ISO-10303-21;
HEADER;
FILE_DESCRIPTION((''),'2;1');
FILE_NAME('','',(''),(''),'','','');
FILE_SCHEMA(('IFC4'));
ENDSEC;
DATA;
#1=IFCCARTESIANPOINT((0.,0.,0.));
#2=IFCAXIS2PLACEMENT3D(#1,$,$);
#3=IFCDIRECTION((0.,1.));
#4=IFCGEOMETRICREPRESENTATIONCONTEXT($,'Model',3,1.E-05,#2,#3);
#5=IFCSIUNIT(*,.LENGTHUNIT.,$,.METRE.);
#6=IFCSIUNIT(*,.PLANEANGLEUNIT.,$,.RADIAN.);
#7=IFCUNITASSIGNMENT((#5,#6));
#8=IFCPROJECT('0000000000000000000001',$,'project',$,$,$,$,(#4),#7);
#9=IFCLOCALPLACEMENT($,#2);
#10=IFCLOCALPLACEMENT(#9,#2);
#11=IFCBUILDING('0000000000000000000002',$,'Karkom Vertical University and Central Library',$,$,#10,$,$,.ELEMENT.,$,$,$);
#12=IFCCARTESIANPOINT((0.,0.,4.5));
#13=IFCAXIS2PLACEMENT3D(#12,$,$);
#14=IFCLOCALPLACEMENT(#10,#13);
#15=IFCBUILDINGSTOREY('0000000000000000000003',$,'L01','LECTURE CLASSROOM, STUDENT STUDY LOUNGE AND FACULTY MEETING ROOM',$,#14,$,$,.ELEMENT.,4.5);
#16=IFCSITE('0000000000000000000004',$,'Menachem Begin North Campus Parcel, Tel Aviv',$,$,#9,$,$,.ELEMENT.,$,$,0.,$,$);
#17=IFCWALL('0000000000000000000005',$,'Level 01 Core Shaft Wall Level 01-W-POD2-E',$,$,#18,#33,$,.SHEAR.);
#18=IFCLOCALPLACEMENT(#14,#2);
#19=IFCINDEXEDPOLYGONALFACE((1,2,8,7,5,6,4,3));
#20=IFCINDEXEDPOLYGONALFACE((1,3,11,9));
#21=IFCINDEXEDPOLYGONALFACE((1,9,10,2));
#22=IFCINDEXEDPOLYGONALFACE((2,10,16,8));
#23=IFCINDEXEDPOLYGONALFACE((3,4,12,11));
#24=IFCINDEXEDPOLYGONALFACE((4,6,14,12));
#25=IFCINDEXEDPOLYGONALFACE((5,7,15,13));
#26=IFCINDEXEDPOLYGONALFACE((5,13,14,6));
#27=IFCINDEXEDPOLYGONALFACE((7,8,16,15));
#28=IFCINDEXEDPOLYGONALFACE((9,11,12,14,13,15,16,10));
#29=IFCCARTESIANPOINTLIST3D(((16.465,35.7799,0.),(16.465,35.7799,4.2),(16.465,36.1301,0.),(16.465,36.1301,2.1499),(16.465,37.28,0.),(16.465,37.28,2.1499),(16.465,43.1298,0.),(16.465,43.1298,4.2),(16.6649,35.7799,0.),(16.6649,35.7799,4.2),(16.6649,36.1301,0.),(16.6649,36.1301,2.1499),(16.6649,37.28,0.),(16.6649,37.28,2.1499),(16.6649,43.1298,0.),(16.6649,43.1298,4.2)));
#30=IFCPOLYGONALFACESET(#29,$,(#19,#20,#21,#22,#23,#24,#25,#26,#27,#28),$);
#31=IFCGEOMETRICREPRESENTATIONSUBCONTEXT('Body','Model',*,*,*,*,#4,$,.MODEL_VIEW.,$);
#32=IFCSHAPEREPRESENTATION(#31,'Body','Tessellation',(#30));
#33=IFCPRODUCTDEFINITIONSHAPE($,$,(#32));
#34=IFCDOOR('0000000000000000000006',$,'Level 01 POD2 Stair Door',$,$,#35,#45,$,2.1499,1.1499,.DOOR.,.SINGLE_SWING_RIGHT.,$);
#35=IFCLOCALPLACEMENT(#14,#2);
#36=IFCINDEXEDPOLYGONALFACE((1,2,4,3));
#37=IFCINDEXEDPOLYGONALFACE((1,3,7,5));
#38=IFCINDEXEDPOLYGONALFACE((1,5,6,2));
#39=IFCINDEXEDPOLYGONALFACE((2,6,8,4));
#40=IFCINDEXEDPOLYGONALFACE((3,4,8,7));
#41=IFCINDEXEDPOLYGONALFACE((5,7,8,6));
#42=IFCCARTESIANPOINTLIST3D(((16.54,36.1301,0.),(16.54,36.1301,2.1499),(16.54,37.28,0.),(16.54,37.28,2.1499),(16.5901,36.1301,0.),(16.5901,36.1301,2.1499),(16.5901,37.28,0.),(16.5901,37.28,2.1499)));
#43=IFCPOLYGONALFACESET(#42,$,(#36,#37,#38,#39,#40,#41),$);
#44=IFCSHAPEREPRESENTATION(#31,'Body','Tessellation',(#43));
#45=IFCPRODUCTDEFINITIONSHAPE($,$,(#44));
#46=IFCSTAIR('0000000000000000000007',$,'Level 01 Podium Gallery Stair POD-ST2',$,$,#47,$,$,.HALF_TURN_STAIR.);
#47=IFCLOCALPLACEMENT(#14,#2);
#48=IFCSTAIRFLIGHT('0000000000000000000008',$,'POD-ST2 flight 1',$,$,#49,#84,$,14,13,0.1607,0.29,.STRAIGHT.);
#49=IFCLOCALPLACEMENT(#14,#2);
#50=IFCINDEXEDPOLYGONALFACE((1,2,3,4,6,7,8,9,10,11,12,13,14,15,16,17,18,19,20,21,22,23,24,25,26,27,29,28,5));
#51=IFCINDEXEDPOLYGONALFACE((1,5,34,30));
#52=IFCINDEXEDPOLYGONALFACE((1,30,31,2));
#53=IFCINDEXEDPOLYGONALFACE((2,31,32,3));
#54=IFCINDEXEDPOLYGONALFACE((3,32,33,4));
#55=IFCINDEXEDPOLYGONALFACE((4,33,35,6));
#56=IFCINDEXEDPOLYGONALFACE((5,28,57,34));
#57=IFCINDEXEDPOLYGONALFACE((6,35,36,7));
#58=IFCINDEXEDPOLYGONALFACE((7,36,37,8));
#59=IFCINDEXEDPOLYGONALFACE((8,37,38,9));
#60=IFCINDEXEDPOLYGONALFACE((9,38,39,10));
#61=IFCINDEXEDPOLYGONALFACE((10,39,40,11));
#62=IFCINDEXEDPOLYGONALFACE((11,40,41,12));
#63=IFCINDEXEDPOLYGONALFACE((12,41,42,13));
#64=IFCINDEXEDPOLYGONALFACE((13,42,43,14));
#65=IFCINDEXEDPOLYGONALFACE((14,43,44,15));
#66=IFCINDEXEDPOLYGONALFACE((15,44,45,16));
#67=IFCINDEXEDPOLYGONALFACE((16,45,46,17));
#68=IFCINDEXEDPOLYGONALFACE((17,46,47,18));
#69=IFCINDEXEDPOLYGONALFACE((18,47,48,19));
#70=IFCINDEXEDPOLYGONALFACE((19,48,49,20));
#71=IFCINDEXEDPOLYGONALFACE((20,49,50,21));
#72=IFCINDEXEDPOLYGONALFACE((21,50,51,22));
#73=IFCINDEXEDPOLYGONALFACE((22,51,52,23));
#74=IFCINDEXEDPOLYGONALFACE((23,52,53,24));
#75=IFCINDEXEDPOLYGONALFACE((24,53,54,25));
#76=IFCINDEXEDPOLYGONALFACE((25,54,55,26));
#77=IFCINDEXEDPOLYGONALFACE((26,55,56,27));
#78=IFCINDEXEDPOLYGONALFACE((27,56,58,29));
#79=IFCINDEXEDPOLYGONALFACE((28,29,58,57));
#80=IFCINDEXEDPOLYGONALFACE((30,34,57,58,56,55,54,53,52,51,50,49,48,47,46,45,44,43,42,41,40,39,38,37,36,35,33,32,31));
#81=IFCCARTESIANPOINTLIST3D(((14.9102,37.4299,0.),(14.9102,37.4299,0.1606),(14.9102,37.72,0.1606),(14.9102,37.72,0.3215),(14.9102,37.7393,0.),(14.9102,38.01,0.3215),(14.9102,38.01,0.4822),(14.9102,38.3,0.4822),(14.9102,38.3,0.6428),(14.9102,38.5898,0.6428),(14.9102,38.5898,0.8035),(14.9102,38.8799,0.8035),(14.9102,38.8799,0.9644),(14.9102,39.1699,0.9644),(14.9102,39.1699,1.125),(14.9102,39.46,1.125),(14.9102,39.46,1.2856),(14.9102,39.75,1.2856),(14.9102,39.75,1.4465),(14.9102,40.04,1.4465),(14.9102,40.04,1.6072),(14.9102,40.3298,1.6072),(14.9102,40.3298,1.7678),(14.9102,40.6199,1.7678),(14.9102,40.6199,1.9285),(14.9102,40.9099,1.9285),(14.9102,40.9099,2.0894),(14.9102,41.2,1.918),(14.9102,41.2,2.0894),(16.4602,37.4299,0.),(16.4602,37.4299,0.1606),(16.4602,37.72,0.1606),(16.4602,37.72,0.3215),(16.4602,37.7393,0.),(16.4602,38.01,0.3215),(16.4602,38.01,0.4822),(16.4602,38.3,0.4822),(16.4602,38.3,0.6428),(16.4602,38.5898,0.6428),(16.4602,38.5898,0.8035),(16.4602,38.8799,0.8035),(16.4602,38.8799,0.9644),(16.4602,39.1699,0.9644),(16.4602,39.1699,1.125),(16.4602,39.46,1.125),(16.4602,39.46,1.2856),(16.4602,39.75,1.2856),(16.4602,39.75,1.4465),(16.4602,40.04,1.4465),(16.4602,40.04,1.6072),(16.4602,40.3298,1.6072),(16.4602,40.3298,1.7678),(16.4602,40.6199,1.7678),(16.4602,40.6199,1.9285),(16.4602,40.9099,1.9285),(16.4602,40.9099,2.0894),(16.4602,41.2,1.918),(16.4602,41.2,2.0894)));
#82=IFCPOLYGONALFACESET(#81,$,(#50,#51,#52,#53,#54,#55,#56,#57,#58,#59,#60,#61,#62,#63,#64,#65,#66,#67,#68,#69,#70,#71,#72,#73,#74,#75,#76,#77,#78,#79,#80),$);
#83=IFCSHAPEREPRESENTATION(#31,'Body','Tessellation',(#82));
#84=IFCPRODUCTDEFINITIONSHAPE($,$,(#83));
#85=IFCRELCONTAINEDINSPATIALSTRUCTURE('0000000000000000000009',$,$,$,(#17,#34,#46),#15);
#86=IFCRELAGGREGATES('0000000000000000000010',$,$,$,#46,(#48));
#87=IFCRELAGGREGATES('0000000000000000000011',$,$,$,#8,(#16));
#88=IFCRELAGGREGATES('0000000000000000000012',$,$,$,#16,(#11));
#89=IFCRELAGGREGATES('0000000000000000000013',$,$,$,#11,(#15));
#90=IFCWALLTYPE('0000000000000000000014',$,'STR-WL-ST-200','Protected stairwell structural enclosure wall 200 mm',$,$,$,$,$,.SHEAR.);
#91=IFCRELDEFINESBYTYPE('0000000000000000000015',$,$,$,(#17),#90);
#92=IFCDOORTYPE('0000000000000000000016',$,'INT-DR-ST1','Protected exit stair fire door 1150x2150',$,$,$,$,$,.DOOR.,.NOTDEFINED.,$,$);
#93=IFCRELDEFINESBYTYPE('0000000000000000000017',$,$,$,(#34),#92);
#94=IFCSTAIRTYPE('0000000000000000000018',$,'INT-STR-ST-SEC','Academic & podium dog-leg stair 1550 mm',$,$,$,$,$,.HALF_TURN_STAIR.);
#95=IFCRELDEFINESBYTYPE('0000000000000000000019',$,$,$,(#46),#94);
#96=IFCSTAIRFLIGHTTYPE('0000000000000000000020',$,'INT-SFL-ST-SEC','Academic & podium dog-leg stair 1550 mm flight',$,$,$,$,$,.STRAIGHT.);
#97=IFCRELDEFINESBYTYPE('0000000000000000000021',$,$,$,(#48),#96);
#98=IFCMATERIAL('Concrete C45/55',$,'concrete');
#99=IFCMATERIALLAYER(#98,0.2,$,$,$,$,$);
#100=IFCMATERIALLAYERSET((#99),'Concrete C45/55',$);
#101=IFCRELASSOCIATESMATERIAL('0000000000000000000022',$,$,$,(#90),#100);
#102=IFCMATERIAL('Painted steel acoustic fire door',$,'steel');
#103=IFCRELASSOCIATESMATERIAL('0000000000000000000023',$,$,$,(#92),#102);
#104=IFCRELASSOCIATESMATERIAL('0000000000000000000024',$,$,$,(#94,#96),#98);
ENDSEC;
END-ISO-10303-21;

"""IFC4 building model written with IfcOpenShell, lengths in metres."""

from ifc_helpers import new_model, si_unit, direction, frame, frame_2d, origin, origin_with_axes, place, context, subcontext, project, spatial, polyline, rectangle, outline, extrude, source, transform, mapped, material, layer, layer_set, type_object, element, fill, aggregate, save


model = new_model("IFC4")

# Units and contexts
model_context = context("Model", 3, precision=1e-05, world=origin(), true_north=direction((0.0, 1.0)))
body_context = subcontext(model_context, "Body", "Model", "MODEL_VIEW")
ifc_project = project(units=[si_unit("LENGTHUNIT", "METRE"), si_unit("PLANEANGLEUNIT", "RADIAN")], contexts=[model_context])

# Site, building, storey
site_placement = place(None, origin())
site = spatial("IfcSite", under=ifc_project, at=site_placement, Name="Menachem Begin North Campus Parcel, Tel Aviv", CompositionType="ELEMENT", RefElevation=0.0)
building_placement = place(site_placement, origin())
building = spatial("IfcBuilding", under=site, at=building_placement, Name="Karkom Vertical University and Central Library", CompositionType="ELEMENT")
storey_placement = place(building_placement, frame((0.0, 0.0, 4.5)))
storey = spatial("IfcBuildingStorey", under=building, at=storey_placement, Name="L01", Description="LECTURE CLASSROOM, STUDENT STUDY LOUNGE AND FACULTY MEETING ROOM", CompositionType="ELEMENT", Elevation=4.5)

# Wall, opening, door
ifc_material_1 = material(Name="Concrete C45/55", Category="concrete")
ifc_layer_1 = layer(ifc_material_1, 0.2)
ifc_layer_set_1 = layer_set([ifc_layer_1], Name="Concrete C45/55")
wall_type_1 = type_object("IfcWallType", Name="STR-WL-ST-200", Description="Protected stairwell structural enclosure wall 200 mm", PredefinedType="SHEAR", material=ifc_layer_set_1)
wall_1_placement = place(storey_placement, frame((16.5649, 35.78, 0.0), z_axis=(0.0, 0.0, 1.0), x_axis=(0.0, 1.0, 0.0)))
wall_1 = element("IfcWall", 1, at=wall_1_placement, inside=storey, type_object=wall_type_1, Name="Level 01 Core Shaft Wall Level 01-W-POD2-E", PredefinedType="SHEAR", context=body_context, shape_type="SweptSolid", body=[
    extrude(rectangle(XDim=7.3499, YDim=0.2, at=frame_2d((3.6748, 0.0))), origin(), (0.0, 0.0, 1.0), 4.2),
])
opening_1_placement = place(wall_1_placement, frame((0.3501, 0.0, 0.0)))
opening_1 = element("IfcOpeningElement", 2, at=opening_1_placement, cuts=wall_1, PredefinedType="OPENING", context=body_context, shape_type="SweptSolid", body=[
    extrude(rectangle(XDim=1.1499, YDim=2.1499, at=frame_2d((0.575, 1.075))), frame((0.0, 0.1099, 0.0), z_axis=(0.0, -1.0, 0.0), x_axis=(1.0, 0.0, 0.0)), (0.0, 0.0, 1.0), 0.22),
])
ifc_material_2 = material(Name="Painted steel acoustic fire door", Category="steel")
door_type_1 = type_object("IfcDoorType", Name="INT-DR-ST1", Description="Protected exit stair fire door 1150x2150", OperationType="NOTDEFINED", PredefinedType="DOOR", material=ifc_material_2)
shared_shape_1 = source(origin_with_axes(), body_context, "Body", "SweptSolid", [
    extrude(rectangle(XDim=1.1499, YDim=2.1499, at=frame_2d((0.575, 1.075))), frame((0.0, 0.0249, 0.0), z_axis=(0.0, -1.0, 0.0), x_axis=(1.0, 0.0, 0.0)), (0.0, 0.0, 1.0), 0.05),
])
door_1_placement = place(opening_1_placement, origin())
door_1 = element("IfcDoor", 3, at=door_1_placement, inside=storey, type_object=door_type_1, Name="Level 01 POD2 Stair Door", OperationType="SINGLE_SWING_RIGHT", OverallHeight=2.1499, OverallWidth=1.1499, PredefinedType="DOOR", context=body_context, shape_type="MappedRepresentation", body=[
    mapped(shared_shape_1, transform((0.0, 0.0, 0.0), scale=1.0)),
])
fill(opening_1, door_1)

# Stair, stair flight
stair_type = type_object("IfcStairType", Name="INT-STR-ST-SEC", Description="Academic & podium dog-leg stair 1550 mm", PredefinedType="HALF_TURN_STAIR", material=ifc_material_1)
stair_placement = place(storey_placement, origin())
stair = element("IfcStair", 4, at=stair_placement, inside=storey, type_object=stair_type, Name="Level 01 Podium Gallery Stair POD-ST2", PredefinedType="HALF_TURN_STAIR")
stair_flight_type = type_object("IfcStairFlightType", Name="INT-SFL-ST-SEC", Description="Academic & podium dog-leg stair 1550 mm flight", PredefinedType="STRAIGHT", material=ifc_material_1)
stair_flight_placement = place(storey_placement, frame((15.6851, 37.4299, 0.0), z_axis=(0.0, 0.0, 1.0), x_axis=(0.0, 1.0, 0.0)))
stair_flight = element("IfcStairFlight", 5, at=stair_flight_placement, type_object=stair_flight_type, Name="POD-ST2 flight 1", NumberOfRisers=14, NumberOfTreads=13, PredefinedType="STRAIGHT", RiserHeight=0.1607, TreadLength=0.29, context=body_context, shape_type="SweptSolid", body=[
    extrude(outline(polyline([(0.0, 0.0), (0.0, 0.1606), (0.29, 0.1606), (0.29, 0.3215), (0.5801, 0.3215), (0.5801, 0.4822), (0.8701, 0.4822), (0.8701, 0.6428), (1.1599, 0.6428), (1.1599, 0.8035), (1.45, 0.8035), (1.45, 0.9644), (1.74, 0.9644), (1.74, 1.125), (2.03, 1.125), (2.03, 1.2856), (2.3201, 1.2856), (2.3201, 1.4465), (2.6101, 1.4465), (2.6101, 1.6072), (2.8999, 1.6072), (2.8999, 1.7678), (3.1899, 1.7678), (3.1899, 1.9285), (3.48, 1.9285), (3.48, 2.0894), (3.77, 2.0894), (3.77, 2.25), (3.77, 1.918), (0.3093, 0.0), (0.0, 0.0)])), frame((0.0, 0.7749, 0.0), z_axis=(0.0, -1.0, 0.0), x_axis=(1.0, 0.0, 0.0)), (0.0, 0.0, 1.0), 1.55),
])
aggregate(stair, [stair_flight])

save(model, "model.ifc")
